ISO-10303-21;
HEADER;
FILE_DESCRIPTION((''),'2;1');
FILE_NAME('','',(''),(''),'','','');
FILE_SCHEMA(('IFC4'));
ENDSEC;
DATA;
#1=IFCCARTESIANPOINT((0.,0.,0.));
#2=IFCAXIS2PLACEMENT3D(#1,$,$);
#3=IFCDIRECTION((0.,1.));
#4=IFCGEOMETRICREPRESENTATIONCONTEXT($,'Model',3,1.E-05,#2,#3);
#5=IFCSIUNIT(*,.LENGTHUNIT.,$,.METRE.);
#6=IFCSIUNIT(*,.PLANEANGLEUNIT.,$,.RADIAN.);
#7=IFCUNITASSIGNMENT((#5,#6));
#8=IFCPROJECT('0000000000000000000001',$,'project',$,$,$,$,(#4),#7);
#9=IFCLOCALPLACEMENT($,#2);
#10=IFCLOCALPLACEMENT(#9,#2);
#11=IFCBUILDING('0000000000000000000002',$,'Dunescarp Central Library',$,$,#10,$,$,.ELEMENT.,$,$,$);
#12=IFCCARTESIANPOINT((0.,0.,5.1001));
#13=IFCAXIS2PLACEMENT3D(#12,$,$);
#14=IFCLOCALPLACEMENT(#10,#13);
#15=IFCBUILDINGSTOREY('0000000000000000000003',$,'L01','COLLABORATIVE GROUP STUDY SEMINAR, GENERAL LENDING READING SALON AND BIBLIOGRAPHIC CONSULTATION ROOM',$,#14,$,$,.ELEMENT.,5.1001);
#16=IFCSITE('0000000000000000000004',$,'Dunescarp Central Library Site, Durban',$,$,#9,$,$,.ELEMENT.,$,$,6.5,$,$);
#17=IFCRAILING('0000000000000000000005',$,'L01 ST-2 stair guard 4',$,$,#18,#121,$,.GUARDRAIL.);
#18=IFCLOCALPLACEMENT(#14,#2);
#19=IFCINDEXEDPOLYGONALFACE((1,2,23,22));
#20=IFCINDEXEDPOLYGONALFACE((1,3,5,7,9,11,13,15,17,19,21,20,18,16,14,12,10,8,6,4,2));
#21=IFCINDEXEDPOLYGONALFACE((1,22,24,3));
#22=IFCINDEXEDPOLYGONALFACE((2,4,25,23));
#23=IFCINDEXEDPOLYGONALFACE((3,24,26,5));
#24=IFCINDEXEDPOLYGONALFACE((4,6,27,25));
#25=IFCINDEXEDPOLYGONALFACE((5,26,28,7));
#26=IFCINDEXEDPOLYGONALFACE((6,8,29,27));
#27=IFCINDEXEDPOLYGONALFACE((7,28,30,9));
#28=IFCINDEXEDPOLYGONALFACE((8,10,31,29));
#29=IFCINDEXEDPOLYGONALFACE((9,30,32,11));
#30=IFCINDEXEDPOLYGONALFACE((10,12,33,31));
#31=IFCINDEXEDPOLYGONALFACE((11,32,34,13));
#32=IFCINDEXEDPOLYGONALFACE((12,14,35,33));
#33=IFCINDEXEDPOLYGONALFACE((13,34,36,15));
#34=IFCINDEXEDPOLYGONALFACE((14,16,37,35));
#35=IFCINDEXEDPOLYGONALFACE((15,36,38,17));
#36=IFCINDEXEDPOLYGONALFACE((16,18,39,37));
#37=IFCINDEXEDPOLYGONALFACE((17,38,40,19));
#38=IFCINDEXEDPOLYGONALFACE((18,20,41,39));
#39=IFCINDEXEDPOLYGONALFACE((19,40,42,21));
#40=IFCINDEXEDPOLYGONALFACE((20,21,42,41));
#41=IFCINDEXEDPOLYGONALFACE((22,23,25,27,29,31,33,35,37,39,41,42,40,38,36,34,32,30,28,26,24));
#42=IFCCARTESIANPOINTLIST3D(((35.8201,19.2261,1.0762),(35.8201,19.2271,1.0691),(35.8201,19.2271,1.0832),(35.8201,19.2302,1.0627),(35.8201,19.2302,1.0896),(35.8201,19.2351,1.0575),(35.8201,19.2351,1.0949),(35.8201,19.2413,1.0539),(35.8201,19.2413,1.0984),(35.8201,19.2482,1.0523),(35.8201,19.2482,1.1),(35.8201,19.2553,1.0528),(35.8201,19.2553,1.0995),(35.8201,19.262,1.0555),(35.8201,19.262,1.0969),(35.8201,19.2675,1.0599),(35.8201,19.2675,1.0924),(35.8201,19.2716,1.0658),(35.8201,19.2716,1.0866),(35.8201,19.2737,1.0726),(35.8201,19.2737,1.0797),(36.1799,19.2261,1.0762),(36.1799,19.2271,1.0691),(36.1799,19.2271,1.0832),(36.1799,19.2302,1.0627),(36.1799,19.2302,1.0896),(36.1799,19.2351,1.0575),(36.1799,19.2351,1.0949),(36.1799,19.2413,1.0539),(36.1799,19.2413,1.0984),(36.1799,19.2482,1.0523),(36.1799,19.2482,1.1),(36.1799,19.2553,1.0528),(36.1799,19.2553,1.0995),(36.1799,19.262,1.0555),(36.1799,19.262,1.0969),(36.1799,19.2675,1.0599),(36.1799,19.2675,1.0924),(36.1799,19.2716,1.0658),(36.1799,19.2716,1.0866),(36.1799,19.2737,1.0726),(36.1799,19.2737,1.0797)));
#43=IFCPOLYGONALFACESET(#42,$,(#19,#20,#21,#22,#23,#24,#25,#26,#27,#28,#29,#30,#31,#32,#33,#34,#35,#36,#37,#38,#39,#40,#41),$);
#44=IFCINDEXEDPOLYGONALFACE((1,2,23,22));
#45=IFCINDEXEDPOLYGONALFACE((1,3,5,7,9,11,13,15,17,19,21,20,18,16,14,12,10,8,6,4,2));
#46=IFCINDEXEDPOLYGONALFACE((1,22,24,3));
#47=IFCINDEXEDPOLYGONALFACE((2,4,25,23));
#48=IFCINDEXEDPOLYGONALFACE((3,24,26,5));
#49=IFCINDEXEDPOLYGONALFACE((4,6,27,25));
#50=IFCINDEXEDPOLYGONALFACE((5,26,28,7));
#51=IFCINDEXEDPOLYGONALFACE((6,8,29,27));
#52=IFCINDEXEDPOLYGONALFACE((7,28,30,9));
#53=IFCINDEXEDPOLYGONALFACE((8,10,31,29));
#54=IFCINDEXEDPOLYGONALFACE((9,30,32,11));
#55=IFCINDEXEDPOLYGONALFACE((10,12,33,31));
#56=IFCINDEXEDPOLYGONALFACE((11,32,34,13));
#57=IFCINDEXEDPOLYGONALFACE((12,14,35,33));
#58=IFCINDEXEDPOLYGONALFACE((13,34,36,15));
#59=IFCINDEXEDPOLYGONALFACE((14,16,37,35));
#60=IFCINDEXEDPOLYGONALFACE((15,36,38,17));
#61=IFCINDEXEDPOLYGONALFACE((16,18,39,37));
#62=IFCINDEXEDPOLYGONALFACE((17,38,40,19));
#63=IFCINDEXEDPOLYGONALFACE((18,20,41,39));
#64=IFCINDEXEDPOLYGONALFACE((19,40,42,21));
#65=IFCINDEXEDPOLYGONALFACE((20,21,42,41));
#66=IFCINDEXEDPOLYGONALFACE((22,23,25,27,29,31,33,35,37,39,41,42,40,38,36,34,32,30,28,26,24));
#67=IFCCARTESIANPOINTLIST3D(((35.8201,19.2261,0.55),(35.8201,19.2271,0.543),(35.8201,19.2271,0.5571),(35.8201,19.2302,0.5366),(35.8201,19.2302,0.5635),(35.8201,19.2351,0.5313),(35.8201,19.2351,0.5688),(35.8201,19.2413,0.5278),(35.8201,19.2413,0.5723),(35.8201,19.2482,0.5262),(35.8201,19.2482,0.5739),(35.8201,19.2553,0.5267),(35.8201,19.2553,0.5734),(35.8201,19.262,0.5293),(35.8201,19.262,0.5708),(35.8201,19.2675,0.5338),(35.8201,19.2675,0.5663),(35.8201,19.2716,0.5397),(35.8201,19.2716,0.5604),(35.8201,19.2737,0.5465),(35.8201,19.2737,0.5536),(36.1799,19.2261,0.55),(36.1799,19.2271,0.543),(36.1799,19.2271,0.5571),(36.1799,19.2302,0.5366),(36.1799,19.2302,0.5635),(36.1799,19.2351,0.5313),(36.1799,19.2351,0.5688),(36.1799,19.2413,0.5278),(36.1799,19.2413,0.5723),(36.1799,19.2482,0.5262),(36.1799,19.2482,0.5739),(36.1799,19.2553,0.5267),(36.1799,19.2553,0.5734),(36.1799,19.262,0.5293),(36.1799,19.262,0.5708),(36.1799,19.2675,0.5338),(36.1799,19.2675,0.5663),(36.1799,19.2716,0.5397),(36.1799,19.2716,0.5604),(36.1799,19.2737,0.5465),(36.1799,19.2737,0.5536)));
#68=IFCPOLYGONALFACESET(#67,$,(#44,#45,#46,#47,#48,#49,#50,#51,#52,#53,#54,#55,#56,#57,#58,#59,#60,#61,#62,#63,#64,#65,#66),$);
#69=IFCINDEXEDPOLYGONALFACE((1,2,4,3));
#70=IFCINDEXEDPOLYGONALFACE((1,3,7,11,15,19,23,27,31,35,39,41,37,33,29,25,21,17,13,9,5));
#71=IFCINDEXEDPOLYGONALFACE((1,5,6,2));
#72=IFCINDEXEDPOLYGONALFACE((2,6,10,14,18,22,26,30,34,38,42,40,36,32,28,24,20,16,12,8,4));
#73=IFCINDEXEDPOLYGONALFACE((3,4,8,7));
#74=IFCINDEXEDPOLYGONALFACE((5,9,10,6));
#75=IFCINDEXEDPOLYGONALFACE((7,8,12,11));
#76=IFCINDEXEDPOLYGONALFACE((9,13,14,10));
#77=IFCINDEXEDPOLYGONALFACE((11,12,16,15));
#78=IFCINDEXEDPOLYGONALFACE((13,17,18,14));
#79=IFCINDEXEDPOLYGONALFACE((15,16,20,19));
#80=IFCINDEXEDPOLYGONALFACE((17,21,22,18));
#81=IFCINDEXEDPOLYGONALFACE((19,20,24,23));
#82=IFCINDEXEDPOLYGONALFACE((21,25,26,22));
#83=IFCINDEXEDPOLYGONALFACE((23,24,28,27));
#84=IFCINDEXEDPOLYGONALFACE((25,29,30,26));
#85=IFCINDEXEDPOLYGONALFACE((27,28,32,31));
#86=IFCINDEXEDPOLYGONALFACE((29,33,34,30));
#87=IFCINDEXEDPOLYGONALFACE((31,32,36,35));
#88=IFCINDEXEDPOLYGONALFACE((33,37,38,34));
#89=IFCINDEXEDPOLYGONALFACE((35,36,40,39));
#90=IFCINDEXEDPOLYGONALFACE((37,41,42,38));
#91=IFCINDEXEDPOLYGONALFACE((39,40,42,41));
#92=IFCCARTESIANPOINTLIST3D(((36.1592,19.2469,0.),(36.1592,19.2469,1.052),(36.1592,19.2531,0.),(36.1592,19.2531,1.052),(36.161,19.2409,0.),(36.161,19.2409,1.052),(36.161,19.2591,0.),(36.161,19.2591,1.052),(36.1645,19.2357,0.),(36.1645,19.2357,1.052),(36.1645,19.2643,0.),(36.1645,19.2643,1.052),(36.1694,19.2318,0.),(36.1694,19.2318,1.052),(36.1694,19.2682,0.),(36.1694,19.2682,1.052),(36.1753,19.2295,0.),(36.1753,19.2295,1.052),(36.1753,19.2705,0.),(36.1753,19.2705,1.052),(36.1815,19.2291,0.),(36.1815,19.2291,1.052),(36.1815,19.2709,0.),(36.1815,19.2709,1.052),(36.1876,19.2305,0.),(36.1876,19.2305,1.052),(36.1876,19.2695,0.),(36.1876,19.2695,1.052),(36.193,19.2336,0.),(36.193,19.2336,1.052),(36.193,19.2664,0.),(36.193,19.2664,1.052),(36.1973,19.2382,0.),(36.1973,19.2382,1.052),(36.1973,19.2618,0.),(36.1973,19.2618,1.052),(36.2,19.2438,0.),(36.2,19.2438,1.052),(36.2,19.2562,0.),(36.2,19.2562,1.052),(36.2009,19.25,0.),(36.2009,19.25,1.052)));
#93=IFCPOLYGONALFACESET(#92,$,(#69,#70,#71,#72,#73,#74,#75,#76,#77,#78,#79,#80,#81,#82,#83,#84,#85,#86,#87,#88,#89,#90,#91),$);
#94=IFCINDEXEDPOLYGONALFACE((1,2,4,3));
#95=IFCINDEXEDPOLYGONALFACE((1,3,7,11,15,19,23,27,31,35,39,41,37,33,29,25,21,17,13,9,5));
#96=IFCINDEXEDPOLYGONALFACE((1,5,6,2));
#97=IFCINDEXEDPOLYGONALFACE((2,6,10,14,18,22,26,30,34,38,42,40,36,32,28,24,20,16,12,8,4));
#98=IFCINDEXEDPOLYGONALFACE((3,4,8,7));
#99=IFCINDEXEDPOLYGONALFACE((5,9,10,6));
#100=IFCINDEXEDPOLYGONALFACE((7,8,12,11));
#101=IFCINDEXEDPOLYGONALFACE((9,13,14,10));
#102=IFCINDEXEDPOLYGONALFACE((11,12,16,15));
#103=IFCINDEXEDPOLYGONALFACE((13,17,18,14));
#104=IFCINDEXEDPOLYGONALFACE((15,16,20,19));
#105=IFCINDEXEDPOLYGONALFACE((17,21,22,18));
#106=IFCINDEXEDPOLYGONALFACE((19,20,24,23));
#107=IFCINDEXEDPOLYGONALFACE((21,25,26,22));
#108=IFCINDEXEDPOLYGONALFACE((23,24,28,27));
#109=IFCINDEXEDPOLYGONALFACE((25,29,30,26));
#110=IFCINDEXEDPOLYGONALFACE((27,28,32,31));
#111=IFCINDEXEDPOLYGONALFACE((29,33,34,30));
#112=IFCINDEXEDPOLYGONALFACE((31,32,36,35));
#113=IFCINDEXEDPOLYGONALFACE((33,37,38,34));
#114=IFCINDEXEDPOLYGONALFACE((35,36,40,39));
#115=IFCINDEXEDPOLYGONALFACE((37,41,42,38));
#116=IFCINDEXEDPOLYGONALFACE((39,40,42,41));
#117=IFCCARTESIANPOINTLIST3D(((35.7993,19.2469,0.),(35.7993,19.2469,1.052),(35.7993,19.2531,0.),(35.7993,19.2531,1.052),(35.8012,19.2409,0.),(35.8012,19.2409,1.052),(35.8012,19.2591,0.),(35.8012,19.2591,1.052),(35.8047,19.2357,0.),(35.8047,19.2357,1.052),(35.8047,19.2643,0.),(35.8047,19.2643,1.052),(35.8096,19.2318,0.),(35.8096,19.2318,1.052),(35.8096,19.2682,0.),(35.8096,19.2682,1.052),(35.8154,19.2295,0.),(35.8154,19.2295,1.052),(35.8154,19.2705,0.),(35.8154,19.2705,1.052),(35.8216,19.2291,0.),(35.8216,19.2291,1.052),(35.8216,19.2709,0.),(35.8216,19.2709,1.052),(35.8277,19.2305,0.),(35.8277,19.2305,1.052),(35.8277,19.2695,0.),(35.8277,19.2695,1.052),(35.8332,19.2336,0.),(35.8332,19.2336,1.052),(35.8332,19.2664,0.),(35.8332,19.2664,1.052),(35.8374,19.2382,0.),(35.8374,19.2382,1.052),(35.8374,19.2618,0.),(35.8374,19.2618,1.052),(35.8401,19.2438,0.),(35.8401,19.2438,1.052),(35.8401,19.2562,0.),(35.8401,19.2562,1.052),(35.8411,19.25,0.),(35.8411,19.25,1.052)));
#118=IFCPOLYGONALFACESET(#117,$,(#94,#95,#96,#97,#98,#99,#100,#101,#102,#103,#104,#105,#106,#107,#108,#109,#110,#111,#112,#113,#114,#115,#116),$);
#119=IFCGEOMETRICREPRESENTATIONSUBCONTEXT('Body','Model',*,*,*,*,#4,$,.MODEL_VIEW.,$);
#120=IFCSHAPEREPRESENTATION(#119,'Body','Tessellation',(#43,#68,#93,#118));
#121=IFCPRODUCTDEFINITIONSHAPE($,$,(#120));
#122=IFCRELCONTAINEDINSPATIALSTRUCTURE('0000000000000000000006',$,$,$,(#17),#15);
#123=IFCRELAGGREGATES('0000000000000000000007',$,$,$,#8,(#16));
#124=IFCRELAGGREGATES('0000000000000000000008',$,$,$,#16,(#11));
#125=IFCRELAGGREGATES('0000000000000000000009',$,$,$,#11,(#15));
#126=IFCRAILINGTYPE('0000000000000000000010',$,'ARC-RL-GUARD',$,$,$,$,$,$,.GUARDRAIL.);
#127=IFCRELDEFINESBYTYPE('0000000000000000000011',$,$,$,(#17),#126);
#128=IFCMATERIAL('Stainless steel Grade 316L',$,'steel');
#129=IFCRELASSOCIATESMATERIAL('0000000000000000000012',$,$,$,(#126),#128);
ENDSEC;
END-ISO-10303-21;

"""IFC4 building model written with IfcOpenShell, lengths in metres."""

from ifc_helpers import new_model, si_unit, direction, frame, origin, origin_2d, place, context, subcontext, project, spatial, circle, extrude, material, type_object, element, save


model = new_model("IFC4")

# Units and contexts
model_context = context("Model", 3, precision=1e-05, world=origin(), true_north=direction((0.0, 1.0)))
body_context = subcontext(model_context, "Body", "Model", "MODEL_VIEW")
ifc_project = project(units=[si_unit("LENGTHUNIT", "METRE"), si_unit("PLANEANGLEUNIT", "RADIAN")], contexts=[model_context])

# Site, building, storey
site_placement = place(None, origin())
site = spatial("IfcSite", under=ifc_project, at=site_placement, Name="Dunescarp Central Library Site, Durban", CompositionType="ELEMENT", RefElevation=6.5)
building_placement = place(site_placement, origin())
building = spatial("IfcBuilding", under=site, at=building_placement, Name="Dunescarp Central Library", CompositionType="ELEMENT")
storey_placement = place(building_placement, frame((0.0, 0.0, 5.1001)))
storey = spatial("IfcBuildingStorey", under=building, at=storey_placement, Name="L01", Description="COLLABORATIVE GROUP STUDY SEMINAR, GENERAL LENDING READING SALON AND BIBLIOGRAPHIC CONSULTATION ROOM", CompositionType="ELEMENT", Elevation=5.1001)

# Railing
ifc_material_1 = material(Name="Stainless steel Grade 316L", Category="steel")
railing_type_1 = type_object("IfcRailingType", Name="ARC-RL-GUARD", PredefinedType="GUARDRAIL", material=ifc_material_1)
railing_1_placement = place(storey_placement, frame((36.1799, 19.25, 0.0)))
element("IfcRailing", 1, at=railing_1_placement, inside=storey, type_object=railing_type_1, Name="L01 ST-2 stair guard 4", PredefinedType="GUARDRAIL", context=body_context, shape_type="SweptSolid", body=[
    extrude(circle(Radius=0.0239, at=origin_2d()), frame((0.0, 0.0, 1.0762), z_axis=(-1.0, 0.0, 0.0), x_axis=(0.0, -1.0, 0.0)), (0.0, 0.0, 1.0), 0.3599),
    extrude(circle(Radius=0.0239, at=origin_2d()), frame((0.0, 0.0, 0.55), z_axis=(-1.0, 0.0, 0.0), x_axis=(0.0, -1.0, 0.0)), (0.0, 0.0, 1.0), 0.3599),
    extrude(circle(Radius=0.021, at=origin_2d()), origin(), (0.0, 0.0, 1.0), 1.052),
    extrude(circle(Radius=0.021, at=origin_2d()), frame((-0.3599, 0.0, 0.0)), (0.0, 0.0, 1.0), 1.052),
])

save(model, "model.ifc")
